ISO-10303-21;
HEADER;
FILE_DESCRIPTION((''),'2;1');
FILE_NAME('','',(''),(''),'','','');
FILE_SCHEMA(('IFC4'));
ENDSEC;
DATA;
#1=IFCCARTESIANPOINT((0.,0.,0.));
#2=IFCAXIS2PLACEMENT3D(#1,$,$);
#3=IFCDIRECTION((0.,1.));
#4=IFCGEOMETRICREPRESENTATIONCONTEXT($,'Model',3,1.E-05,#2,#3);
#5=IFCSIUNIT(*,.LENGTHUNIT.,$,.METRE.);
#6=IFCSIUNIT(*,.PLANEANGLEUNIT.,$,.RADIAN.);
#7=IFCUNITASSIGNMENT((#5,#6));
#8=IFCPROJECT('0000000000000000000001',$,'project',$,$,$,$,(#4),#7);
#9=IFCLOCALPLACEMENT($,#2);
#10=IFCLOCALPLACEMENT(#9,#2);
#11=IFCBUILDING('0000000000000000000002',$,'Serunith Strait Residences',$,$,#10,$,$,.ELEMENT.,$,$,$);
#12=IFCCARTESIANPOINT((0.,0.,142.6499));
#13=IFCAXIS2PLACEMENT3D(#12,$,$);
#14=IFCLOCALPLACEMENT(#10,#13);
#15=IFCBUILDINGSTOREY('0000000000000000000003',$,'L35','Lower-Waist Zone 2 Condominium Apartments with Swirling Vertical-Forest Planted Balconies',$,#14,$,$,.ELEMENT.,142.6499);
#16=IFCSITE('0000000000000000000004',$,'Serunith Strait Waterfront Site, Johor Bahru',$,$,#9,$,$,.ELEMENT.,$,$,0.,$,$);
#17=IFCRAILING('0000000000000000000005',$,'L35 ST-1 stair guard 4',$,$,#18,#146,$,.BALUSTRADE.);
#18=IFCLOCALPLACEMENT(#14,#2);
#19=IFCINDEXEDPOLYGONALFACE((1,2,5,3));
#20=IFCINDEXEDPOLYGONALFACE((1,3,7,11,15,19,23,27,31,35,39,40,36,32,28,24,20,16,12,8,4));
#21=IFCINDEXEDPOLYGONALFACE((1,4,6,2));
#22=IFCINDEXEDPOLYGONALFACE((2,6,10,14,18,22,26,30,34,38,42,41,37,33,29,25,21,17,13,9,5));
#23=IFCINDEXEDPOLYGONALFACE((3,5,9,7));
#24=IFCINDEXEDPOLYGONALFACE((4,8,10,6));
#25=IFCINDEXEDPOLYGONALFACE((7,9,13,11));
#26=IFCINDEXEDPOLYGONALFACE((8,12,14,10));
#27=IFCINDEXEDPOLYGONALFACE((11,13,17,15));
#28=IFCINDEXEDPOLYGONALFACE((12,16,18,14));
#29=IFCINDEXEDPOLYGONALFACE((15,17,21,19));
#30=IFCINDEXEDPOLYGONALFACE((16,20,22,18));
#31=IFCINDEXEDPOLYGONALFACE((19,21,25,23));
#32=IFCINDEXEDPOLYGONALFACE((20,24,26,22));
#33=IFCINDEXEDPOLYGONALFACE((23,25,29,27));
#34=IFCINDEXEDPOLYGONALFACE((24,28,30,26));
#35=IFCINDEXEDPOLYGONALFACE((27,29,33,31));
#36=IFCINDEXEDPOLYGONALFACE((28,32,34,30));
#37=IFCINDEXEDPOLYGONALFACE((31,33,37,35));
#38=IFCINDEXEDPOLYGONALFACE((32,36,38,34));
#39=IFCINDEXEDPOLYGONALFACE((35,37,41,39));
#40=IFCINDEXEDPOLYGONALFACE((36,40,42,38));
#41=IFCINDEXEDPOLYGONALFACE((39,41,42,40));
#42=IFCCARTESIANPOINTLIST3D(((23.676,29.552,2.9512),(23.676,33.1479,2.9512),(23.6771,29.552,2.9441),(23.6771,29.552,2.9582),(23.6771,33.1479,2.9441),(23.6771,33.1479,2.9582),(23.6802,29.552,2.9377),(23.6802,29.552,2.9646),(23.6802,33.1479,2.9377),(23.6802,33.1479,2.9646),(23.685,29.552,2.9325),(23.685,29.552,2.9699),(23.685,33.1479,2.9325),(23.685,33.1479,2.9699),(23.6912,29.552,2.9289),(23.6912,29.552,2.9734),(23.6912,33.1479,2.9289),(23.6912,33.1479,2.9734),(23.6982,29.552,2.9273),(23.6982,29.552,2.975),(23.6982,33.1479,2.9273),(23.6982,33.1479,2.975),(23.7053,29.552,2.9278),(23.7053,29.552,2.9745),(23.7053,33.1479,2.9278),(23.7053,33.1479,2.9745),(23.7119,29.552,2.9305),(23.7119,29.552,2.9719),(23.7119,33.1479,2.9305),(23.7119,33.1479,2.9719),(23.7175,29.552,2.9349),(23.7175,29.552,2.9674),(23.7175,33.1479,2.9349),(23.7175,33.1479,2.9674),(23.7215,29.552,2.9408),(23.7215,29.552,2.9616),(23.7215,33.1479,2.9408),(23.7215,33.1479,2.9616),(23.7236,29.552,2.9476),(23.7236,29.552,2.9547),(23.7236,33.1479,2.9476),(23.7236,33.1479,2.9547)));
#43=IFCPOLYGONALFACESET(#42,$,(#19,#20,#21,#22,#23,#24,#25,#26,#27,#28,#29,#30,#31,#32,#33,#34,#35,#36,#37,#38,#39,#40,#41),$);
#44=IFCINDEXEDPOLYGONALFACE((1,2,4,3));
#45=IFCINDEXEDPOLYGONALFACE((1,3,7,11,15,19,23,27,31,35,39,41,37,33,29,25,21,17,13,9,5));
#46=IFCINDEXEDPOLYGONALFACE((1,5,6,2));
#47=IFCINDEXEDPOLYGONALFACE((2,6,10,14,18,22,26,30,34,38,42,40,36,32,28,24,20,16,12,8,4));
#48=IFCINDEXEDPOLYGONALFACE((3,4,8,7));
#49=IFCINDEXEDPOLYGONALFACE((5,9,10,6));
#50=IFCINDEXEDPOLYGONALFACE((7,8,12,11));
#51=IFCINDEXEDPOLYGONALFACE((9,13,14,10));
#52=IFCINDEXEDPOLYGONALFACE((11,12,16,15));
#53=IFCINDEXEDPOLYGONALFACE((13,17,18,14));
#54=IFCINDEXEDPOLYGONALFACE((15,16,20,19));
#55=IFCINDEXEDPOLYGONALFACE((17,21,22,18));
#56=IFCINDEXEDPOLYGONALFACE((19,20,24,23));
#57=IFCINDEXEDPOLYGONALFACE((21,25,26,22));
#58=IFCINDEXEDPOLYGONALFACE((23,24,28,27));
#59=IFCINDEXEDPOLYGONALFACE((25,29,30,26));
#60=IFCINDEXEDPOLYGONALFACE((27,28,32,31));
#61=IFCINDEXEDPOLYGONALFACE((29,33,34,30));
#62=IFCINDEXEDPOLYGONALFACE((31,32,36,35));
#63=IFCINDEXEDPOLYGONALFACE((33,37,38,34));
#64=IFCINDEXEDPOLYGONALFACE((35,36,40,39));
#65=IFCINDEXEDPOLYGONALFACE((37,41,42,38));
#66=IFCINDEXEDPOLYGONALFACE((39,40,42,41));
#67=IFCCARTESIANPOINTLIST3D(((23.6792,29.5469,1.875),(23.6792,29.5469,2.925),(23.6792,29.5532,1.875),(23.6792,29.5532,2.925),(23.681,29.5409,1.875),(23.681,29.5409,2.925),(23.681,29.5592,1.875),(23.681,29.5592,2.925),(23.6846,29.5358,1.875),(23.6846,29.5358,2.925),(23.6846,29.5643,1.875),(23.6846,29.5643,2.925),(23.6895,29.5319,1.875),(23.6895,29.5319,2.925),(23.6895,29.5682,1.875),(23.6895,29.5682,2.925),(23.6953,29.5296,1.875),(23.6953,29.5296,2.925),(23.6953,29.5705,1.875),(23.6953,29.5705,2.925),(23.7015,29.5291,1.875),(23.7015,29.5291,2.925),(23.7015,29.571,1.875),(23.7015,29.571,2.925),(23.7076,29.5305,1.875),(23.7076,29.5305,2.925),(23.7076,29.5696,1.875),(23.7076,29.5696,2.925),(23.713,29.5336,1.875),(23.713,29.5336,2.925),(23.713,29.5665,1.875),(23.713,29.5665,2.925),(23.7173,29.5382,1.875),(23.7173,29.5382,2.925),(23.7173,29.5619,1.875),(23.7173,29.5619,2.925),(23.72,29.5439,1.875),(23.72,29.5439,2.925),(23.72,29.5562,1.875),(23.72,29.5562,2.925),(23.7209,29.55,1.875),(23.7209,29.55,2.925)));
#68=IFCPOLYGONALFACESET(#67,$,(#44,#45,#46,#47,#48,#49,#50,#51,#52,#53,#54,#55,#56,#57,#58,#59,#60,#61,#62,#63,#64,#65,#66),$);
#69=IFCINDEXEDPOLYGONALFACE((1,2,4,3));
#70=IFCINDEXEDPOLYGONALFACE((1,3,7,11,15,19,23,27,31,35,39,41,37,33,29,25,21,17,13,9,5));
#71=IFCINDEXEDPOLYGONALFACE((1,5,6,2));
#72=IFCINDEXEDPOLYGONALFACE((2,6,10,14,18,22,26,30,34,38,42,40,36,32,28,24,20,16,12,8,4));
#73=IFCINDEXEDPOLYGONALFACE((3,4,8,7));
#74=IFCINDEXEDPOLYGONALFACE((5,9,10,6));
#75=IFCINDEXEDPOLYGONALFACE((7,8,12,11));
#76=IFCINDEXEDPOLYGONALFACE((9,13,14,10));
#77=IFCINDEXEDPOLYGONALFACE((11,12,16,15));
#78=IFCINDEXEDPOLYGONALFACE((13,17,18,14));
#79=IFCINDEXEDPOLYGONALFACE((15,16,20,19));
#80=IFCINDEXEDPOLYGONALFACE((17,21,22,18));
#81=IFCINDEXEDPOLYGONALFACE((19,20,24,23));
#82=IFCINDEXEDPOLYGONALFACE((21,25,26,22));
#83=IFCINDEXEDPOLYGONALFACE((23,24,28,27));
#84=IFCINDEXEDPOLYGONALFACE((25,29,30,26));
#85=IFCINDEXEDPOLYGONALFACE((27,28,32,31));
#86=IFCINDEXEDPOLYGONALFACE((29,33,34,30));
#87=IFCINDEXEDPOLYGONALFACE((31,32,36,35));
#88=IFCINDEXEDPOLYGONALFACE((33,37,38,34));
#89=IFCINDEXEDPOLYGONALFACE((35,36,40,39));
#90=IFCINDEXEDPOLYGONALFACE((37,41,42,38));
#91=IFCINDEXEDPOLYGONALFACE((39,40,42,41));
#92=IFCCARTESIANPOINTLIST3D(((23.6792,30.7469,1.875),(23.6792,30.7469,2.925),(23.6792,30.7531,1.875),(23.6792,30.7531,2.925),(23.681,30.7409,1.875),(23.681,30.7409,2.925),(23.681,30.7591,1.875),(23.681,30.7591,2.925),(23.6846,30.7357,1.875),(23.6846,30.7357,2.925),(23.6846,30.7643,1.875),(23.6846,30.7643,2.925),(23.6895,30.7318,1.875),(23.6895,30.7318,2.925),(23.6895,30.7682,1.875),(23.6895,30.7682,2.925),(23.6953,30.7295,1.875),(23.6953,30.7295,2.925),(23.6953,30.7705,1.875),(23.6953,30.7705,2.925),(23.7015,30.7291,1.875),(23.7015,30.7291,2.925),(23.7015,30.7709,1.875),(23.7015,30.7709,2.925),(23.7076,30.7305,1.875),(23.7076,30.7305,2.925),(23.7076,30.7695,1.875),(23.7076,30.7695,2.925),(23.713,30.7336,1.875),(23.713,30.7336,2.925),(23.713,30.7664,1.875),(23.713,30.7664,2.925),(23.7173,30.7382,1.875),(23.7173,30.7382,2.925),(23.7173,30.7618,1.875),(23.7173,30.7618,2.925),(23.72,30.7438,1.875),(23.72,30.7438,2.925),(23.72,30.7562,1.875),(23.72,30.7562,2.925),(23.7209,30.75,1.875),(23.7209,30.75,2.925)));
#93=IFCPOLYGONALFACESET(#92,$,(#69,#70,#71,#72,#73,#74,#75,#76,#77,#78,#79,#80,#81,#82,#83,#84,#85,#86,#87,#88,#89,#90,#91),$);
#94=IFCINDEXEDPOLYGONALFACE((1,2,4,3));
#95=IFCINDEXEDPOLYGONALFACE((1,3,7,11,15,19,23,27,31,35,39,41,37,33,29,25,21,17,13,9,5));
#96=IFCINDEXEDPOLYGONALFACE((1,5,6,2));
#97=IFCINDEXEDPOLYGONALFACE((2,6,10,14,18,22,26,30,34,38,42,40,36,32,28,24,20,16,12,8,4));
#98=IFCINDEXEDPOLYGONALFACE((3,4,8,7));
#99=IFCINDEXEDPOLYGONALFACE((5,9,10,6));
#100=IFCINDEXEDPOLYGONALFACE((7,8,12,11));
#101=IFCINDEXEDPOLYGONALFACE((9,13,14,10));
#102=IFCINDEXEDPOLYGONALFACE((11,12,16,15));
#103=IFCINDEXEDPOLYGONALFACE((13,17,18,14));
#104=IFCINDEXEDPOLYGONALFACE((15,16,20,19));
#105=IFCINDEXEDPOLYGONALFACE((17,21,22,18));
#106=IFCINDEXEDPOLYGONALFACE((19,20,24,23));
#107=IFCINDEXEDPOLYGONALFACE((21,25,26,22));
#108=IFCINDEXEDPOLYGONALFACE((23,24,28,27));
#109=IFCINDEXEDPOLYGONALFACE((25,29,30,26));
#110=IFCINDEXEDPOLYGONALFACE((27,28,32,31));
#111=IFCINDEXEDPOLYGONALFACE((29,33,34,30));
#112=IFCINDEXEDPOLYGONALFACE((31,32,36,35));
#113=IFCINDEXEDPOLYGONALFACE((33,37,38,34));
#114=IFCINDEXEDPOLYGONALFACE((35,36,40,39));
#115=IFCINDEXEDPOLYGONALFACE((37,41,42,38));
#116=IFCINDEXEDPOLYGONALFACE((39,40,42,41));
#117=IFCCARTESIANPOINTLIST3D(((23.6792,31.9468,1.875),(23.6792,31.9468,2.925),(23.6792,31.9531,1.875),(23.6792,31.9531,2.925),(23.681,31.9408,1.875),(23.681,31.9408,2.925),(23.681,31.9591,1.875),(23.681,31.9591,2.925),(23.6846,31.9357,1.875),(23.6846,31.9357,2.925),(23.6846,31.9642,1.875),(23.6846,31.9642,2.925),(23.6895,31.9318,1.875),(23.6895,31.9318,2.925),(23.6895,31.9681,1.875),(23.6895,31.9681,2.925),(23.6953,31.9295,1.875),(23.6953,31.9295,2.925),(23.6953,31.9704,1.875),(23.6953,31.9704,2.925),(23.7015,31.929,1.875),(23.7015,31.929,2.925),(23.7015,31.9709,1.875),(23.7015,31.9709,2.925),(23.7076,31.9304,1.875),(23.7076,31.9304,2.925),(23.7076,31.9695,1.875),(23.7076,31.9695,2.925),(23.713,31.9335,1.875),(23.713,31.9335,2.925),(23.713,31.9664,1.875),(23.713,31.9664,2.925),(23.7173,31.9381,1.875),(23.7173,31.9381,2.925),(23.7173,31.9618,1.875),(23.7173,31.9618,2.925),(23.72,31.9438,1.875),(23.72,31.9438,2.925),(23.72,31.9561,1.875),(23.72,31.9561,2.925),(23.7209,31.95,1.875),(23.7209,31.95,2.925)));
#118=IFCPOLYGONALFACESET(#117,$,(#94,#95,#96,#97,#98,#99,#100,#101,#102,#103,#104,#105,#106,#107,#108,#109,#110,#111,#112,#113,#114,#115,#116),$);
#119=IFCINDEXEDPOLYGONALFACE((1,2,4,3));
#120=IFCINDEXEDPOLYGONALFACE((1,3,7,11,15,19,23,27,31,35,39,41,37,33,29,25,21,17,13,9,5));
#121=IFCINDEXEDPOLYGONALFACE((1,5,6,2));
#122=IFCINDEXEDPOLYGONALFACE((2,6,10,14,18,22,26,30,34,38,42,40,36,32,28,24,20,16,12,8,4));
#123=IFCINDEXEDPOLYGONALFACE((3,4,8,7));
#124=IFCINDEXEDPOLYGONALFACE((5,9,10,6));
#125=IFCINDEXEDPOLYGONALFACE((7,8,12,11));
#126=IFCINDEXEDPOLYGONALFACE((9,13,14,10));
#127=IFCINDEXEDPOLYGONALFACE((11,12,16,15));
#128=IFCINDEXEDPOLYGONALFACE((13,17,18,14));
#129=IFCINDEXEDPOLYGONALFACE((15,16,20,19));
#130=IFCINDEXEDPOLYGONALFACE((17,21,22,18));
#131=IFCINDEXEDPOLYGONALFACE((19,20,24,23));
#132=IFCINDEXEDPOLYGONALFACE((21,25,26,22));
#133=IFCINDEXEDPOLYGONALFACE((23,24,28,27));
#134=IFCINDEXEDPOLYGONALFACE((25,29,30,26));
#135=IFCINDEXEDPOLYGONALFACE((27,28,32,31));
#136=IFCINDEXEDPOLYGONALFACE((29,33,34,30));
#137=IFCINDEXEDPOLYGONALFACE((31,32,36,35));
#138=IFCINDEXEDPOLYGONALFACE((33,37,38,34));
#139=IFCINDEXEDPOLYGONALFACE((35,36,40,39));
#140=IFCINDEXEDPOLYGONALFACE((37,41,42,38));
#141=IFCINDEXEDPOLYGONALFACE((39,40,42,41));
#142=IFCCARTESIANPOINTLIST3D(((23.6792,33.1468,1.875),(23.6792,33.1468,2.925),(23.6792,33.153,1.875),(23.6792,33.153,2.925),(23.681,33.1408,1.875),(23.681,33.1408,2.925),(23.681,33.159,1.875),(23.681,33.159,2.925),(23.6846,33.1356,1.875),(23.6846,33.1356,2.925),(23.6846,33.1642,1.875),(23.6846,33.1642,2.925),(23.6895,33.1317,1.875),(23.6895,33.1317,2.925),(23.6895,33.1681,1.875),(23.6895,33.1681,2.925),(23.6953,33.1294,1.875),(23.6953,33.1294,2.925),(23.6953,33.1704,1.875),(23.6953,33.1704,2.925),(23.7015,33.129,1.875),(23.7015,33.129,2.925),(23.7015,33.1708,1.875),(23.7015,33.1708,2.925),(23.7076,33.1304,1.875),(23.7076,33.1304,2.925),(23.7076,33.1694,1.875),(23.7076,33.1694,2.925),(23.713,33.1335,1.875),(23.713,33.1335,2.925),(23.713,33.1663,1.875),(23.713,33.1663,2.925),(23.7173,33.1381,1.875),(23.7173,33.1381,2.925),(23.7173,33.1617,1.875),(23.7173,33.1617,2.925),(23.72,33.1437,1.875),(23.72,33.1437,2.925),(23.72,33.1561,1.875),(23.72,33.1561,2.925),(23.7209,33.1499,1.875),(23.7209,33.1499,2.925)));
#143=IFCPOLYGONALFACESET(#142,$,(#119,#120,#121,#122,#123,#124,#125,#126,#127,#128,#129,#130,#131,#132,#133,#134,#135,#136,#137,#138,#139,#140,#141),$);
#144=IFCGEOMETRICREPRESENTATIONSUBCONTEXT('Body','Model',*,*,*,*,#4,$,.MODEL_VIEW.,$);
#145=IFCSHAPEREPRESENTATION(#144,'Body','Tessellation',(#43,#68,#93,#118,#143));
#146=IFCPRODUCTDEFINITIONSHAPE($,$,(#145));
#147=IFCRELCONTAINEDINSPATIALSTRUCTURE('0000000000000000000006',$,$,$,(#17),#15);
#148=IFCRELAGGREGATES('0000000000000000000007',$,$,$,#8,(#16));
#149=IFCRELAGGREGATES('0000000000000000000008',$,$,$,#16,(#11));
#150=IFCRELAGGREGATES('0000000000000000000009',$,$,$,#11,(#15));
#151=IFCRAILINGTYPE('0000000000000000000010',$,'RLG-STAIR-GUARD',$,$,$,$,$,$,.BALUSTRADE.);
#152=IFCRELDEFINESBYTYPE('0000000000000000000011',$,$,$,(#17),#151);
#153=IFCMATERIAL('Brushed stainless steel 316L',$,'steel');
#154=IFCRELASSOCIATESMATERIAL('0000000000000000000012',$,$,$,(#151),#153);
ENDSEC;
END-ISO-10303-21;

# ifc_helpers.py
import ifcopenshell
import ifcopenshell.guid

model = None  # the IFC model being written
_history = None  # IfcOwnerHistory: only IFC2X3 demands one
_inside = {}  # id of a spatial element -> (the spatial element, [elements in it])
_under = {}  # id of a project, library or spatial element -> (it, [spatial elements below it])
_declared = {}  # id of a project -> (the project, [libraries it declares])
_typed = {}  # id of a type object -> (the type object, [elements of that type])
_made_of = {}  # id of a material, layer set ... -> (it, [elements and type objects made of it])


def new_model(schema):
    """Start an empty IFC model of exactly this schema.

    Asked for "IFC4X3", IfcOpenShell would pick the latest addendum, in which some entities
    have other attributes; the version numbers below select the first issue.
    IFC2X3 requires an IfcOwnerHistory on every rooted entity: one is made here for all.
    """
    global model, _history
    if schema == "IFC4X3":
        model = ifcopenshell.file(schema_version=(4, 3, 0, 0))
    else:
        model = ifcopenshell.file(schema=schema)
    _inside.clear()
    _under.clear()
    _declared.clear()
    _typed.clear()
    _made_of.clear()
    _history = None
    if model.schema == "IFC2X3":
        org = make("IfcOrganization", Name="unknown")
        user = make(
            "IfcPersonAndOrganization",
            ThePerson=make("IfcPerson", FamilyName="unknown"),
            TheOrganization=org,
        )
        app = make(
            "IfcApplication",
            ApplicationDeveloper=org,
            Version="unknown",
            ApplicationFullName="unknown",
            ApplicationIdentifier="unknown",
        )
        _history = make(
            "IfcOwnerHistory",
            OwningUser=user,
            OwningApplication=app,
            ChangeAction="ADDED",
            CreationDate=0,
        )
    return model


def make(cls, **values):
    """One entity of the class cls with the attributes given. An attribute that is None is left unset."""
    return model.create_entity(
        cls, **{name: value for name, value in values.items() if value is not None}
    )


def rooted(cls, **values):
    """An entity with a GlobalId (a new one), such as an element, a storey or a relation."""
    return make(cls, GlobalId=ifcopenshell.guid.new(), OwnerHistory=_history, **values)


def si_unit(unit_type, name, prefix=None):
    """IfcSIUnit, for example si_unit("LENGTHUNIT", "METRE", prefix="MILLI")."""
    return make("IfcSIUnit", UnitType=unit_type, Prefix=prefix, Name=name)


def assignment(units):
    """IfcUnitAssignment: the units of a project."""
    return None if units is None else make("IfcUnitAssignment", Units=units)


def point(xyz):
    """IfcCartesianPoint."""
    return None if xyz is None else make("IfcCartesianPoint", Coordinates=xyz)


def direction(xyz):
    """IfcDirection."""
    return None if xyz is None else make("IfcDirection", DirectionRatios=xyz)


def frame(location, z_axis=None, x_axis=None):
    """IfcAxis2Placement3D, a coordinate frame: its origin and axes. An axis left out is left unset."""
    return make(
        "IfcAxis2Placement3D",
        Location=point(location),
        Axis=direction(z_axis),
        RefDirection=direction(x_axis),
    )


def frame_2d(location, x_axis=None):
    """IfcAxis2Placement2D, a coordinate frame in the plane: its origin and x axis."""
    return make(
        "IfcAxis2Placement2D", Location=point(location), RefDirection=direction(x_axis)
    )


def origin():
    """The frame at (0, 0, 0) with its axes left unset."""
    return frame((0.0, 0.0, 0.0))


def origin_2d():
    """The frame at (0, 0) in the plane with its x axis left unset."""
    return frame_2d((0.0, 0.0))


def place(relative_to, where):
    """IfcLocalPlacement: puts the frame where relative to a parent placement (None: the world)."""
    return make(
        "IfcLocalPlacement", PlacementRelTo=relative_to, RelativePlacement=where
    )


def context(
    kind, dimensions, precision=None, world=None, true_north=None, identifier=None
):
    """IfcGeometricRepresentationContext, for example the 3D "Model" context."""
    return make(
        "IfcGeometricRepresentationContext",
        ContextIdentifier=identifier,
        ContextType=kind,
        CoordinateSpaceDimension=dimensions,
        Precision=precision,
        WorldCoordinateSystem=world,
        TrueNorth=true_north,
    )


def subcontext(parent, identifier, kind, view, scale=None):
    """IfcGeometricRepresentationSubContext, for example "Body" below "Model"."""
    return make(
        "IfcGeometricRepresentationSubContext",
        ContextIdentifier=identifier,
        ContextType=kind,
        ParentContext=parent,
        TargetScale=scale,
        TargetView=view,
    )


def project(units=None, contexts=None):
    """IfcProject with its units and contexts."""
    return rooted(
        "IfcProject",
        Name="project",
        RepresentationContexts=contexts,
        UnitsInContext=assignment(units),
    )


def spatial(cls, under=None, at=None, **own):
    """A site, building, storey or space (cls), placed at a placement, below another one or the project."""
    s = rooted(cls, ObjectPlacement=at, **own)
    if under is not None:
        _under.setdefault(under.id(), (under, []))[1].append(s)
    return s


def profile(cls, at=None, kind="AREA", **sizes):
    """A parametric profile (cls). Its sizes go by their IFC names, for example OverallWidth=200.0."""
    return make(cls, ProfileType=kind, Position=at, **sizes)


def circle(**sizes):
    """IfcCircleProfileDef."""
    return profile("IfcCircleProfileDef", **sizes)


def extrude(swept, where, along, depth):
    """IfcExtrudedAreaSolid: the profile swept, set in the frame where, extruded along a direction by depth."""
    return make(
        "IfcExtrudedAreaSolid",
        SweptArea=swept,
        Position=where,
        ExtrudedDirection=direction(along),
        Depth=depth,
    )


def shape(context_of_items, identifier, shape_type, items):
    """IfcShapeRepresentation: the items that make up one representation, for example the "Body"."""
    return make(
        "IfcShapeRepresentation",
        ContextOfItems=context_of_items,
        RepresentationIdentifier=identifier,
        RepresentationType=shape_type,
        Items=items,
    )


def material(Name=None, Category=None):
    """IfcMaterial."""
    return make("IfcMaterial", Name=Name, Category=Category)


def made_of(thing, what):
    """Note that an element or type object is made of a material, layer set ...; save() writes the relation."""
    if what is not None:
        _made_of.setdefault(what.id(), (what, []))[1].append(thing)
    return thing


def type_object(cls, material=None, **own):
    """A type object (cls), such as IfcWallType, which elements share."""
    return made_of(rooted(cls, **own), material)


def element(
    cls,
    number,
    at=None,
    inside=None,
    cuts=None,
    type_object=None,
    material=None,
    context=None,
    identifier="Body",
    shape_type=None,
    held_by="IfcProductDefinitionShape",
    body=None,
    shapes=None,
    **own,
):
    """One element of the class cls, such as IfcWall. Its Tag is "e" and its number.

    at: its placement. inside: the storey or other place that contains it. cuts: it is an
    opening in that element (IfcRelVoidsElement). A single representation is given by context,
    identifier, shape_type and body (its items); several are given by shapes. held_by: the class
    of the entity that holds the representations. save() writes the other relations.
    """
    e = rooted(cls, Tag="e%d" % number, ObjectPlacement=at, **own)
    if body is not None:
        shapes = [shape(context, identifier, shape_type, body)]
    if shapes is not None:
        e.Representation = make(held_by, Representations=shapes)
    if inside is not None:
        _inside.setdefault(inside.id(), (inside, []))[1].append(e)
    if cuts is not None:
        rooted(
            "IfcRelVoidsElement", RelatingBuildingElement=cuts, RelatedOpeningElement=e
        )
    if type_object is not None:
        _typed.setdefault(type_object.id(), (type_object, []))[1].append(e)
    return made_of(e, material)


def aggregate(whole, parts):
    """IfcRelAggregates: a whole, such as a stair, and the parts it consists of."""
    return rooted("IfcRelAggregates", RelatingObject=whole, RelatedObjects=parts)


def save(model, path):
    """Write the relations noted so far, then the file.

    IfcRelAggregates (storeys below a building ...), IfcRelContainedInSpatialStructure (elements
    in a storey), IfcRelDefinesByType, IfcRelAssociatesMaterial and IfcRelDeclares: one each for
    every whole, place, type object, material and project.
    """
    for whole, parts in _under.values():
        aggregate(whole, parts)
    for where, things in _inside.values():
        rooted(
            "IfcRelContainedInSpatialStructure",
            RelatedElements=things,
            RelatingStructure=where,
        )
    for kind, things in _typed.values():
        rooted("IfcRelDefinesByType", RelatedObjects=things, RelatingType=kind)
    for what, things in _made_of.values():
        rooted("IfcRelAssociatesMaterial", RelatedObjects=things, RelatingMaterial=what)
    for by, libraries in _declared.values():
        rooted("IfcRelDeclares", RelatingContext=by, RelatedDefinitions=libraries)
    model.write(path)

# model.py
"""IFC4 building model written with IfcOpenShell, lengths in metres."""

from ifc_helpers import new_model, si_unit, direction, frame, origin, origin_2d, place, context, subcontext, project, spatial, circle, extrude, material, type_object, element, save


model = new_model("IFC4")

# Units and contexts
model_context = context("Model", 3, precision=1e-05, world=origin(), true_north=direction((0.0, 1.0)))
body_context = subcontext(model_context, "Body", "Model", "MODEL_VIEW")
ifc_project = project(units=[si_unit("LENGTHUNIT", "METRE"), si_unit("PLANEANGLEUNIT", "RADIAN")], contexts=[model_context])

# Site, building, storey
site_placement = place(None, origin())
site = spatial("IfcSite", under=ifc_project, at=site_placement, Name="Serunith Strait Waterfront Site, Johor Bahru", CompositionType="ELEMENT", RefElevation=0.0)
building_placement = place(site_placement, origin())
building = spatial("IfcBuilding", under=site, at=building_placement, Name="Serunith Strait Residences", CompositionType="ELEMENT")
storey_placement = place(building_placement, frame((0.0, 0.0, 142.6499)))
storey = spatial("IfcBuildingStorey", under=building, at=storey_placement, Name="L35", Description="Lower-Waist Zone 2 Condominium Apartments with Swirling Vertical-Forest Planted Balconies", CompositionType="ELEMENT", Elevation=142.6499)

# Railing
ifc_material_1 = material(Name="Brushed stainless steel 316L", Category="steel")
railing_type_1 = type_object("IfcRailingType", Name="RLG-STAIR-GUARD", PredefinedType="BALUSTRADE", material=ifc_material_1)
for number, where, name in (
    (1, (23.7, 29.55, 1.875), "L35 ST-1 stair guard 4"),
):
    element("IfcRailing", number, at=place(storey_placement, frame(where)), inside=storey, type_object=railing_type_1, Name=name, PredefinedType="BALUSTRADE", context=body_context, shape_type="SweptSolid", body=[
        extrude(circle(Radius=0.0239, at=origin_2d()), frame((0.0, 0.002, 1.0762), z_axis=(0.0, 1.0, 0.0), x_axis=(-1.0, 0.0, 0.0)), (0.0, 0.0, 1.0), 3.5959),
        extrude(circle(Radius=0.021, at=origin_2d()), origin(), (0.0, 0.0, 1.0), 1.05),
        extrude(circle(Radius=0.021, at=origin_2d()), frame((0.0, 1.2, 0.0)), (0.0, 0.0, 1.0), 1.05),
        extrude(circle(Radius=0.021, at=origin_2d()), frame((0.0, 2.3999, 0.0)), (0.0, 0.0, 1.0), 1.05),
        extrude(circle(Radius=0.021, at=origin_2d()), frame((0.0, 3.5999, 0.0)), (0.0, 0.0, 1.0), 1.05),
    ])

save(model, "model.ifc")
